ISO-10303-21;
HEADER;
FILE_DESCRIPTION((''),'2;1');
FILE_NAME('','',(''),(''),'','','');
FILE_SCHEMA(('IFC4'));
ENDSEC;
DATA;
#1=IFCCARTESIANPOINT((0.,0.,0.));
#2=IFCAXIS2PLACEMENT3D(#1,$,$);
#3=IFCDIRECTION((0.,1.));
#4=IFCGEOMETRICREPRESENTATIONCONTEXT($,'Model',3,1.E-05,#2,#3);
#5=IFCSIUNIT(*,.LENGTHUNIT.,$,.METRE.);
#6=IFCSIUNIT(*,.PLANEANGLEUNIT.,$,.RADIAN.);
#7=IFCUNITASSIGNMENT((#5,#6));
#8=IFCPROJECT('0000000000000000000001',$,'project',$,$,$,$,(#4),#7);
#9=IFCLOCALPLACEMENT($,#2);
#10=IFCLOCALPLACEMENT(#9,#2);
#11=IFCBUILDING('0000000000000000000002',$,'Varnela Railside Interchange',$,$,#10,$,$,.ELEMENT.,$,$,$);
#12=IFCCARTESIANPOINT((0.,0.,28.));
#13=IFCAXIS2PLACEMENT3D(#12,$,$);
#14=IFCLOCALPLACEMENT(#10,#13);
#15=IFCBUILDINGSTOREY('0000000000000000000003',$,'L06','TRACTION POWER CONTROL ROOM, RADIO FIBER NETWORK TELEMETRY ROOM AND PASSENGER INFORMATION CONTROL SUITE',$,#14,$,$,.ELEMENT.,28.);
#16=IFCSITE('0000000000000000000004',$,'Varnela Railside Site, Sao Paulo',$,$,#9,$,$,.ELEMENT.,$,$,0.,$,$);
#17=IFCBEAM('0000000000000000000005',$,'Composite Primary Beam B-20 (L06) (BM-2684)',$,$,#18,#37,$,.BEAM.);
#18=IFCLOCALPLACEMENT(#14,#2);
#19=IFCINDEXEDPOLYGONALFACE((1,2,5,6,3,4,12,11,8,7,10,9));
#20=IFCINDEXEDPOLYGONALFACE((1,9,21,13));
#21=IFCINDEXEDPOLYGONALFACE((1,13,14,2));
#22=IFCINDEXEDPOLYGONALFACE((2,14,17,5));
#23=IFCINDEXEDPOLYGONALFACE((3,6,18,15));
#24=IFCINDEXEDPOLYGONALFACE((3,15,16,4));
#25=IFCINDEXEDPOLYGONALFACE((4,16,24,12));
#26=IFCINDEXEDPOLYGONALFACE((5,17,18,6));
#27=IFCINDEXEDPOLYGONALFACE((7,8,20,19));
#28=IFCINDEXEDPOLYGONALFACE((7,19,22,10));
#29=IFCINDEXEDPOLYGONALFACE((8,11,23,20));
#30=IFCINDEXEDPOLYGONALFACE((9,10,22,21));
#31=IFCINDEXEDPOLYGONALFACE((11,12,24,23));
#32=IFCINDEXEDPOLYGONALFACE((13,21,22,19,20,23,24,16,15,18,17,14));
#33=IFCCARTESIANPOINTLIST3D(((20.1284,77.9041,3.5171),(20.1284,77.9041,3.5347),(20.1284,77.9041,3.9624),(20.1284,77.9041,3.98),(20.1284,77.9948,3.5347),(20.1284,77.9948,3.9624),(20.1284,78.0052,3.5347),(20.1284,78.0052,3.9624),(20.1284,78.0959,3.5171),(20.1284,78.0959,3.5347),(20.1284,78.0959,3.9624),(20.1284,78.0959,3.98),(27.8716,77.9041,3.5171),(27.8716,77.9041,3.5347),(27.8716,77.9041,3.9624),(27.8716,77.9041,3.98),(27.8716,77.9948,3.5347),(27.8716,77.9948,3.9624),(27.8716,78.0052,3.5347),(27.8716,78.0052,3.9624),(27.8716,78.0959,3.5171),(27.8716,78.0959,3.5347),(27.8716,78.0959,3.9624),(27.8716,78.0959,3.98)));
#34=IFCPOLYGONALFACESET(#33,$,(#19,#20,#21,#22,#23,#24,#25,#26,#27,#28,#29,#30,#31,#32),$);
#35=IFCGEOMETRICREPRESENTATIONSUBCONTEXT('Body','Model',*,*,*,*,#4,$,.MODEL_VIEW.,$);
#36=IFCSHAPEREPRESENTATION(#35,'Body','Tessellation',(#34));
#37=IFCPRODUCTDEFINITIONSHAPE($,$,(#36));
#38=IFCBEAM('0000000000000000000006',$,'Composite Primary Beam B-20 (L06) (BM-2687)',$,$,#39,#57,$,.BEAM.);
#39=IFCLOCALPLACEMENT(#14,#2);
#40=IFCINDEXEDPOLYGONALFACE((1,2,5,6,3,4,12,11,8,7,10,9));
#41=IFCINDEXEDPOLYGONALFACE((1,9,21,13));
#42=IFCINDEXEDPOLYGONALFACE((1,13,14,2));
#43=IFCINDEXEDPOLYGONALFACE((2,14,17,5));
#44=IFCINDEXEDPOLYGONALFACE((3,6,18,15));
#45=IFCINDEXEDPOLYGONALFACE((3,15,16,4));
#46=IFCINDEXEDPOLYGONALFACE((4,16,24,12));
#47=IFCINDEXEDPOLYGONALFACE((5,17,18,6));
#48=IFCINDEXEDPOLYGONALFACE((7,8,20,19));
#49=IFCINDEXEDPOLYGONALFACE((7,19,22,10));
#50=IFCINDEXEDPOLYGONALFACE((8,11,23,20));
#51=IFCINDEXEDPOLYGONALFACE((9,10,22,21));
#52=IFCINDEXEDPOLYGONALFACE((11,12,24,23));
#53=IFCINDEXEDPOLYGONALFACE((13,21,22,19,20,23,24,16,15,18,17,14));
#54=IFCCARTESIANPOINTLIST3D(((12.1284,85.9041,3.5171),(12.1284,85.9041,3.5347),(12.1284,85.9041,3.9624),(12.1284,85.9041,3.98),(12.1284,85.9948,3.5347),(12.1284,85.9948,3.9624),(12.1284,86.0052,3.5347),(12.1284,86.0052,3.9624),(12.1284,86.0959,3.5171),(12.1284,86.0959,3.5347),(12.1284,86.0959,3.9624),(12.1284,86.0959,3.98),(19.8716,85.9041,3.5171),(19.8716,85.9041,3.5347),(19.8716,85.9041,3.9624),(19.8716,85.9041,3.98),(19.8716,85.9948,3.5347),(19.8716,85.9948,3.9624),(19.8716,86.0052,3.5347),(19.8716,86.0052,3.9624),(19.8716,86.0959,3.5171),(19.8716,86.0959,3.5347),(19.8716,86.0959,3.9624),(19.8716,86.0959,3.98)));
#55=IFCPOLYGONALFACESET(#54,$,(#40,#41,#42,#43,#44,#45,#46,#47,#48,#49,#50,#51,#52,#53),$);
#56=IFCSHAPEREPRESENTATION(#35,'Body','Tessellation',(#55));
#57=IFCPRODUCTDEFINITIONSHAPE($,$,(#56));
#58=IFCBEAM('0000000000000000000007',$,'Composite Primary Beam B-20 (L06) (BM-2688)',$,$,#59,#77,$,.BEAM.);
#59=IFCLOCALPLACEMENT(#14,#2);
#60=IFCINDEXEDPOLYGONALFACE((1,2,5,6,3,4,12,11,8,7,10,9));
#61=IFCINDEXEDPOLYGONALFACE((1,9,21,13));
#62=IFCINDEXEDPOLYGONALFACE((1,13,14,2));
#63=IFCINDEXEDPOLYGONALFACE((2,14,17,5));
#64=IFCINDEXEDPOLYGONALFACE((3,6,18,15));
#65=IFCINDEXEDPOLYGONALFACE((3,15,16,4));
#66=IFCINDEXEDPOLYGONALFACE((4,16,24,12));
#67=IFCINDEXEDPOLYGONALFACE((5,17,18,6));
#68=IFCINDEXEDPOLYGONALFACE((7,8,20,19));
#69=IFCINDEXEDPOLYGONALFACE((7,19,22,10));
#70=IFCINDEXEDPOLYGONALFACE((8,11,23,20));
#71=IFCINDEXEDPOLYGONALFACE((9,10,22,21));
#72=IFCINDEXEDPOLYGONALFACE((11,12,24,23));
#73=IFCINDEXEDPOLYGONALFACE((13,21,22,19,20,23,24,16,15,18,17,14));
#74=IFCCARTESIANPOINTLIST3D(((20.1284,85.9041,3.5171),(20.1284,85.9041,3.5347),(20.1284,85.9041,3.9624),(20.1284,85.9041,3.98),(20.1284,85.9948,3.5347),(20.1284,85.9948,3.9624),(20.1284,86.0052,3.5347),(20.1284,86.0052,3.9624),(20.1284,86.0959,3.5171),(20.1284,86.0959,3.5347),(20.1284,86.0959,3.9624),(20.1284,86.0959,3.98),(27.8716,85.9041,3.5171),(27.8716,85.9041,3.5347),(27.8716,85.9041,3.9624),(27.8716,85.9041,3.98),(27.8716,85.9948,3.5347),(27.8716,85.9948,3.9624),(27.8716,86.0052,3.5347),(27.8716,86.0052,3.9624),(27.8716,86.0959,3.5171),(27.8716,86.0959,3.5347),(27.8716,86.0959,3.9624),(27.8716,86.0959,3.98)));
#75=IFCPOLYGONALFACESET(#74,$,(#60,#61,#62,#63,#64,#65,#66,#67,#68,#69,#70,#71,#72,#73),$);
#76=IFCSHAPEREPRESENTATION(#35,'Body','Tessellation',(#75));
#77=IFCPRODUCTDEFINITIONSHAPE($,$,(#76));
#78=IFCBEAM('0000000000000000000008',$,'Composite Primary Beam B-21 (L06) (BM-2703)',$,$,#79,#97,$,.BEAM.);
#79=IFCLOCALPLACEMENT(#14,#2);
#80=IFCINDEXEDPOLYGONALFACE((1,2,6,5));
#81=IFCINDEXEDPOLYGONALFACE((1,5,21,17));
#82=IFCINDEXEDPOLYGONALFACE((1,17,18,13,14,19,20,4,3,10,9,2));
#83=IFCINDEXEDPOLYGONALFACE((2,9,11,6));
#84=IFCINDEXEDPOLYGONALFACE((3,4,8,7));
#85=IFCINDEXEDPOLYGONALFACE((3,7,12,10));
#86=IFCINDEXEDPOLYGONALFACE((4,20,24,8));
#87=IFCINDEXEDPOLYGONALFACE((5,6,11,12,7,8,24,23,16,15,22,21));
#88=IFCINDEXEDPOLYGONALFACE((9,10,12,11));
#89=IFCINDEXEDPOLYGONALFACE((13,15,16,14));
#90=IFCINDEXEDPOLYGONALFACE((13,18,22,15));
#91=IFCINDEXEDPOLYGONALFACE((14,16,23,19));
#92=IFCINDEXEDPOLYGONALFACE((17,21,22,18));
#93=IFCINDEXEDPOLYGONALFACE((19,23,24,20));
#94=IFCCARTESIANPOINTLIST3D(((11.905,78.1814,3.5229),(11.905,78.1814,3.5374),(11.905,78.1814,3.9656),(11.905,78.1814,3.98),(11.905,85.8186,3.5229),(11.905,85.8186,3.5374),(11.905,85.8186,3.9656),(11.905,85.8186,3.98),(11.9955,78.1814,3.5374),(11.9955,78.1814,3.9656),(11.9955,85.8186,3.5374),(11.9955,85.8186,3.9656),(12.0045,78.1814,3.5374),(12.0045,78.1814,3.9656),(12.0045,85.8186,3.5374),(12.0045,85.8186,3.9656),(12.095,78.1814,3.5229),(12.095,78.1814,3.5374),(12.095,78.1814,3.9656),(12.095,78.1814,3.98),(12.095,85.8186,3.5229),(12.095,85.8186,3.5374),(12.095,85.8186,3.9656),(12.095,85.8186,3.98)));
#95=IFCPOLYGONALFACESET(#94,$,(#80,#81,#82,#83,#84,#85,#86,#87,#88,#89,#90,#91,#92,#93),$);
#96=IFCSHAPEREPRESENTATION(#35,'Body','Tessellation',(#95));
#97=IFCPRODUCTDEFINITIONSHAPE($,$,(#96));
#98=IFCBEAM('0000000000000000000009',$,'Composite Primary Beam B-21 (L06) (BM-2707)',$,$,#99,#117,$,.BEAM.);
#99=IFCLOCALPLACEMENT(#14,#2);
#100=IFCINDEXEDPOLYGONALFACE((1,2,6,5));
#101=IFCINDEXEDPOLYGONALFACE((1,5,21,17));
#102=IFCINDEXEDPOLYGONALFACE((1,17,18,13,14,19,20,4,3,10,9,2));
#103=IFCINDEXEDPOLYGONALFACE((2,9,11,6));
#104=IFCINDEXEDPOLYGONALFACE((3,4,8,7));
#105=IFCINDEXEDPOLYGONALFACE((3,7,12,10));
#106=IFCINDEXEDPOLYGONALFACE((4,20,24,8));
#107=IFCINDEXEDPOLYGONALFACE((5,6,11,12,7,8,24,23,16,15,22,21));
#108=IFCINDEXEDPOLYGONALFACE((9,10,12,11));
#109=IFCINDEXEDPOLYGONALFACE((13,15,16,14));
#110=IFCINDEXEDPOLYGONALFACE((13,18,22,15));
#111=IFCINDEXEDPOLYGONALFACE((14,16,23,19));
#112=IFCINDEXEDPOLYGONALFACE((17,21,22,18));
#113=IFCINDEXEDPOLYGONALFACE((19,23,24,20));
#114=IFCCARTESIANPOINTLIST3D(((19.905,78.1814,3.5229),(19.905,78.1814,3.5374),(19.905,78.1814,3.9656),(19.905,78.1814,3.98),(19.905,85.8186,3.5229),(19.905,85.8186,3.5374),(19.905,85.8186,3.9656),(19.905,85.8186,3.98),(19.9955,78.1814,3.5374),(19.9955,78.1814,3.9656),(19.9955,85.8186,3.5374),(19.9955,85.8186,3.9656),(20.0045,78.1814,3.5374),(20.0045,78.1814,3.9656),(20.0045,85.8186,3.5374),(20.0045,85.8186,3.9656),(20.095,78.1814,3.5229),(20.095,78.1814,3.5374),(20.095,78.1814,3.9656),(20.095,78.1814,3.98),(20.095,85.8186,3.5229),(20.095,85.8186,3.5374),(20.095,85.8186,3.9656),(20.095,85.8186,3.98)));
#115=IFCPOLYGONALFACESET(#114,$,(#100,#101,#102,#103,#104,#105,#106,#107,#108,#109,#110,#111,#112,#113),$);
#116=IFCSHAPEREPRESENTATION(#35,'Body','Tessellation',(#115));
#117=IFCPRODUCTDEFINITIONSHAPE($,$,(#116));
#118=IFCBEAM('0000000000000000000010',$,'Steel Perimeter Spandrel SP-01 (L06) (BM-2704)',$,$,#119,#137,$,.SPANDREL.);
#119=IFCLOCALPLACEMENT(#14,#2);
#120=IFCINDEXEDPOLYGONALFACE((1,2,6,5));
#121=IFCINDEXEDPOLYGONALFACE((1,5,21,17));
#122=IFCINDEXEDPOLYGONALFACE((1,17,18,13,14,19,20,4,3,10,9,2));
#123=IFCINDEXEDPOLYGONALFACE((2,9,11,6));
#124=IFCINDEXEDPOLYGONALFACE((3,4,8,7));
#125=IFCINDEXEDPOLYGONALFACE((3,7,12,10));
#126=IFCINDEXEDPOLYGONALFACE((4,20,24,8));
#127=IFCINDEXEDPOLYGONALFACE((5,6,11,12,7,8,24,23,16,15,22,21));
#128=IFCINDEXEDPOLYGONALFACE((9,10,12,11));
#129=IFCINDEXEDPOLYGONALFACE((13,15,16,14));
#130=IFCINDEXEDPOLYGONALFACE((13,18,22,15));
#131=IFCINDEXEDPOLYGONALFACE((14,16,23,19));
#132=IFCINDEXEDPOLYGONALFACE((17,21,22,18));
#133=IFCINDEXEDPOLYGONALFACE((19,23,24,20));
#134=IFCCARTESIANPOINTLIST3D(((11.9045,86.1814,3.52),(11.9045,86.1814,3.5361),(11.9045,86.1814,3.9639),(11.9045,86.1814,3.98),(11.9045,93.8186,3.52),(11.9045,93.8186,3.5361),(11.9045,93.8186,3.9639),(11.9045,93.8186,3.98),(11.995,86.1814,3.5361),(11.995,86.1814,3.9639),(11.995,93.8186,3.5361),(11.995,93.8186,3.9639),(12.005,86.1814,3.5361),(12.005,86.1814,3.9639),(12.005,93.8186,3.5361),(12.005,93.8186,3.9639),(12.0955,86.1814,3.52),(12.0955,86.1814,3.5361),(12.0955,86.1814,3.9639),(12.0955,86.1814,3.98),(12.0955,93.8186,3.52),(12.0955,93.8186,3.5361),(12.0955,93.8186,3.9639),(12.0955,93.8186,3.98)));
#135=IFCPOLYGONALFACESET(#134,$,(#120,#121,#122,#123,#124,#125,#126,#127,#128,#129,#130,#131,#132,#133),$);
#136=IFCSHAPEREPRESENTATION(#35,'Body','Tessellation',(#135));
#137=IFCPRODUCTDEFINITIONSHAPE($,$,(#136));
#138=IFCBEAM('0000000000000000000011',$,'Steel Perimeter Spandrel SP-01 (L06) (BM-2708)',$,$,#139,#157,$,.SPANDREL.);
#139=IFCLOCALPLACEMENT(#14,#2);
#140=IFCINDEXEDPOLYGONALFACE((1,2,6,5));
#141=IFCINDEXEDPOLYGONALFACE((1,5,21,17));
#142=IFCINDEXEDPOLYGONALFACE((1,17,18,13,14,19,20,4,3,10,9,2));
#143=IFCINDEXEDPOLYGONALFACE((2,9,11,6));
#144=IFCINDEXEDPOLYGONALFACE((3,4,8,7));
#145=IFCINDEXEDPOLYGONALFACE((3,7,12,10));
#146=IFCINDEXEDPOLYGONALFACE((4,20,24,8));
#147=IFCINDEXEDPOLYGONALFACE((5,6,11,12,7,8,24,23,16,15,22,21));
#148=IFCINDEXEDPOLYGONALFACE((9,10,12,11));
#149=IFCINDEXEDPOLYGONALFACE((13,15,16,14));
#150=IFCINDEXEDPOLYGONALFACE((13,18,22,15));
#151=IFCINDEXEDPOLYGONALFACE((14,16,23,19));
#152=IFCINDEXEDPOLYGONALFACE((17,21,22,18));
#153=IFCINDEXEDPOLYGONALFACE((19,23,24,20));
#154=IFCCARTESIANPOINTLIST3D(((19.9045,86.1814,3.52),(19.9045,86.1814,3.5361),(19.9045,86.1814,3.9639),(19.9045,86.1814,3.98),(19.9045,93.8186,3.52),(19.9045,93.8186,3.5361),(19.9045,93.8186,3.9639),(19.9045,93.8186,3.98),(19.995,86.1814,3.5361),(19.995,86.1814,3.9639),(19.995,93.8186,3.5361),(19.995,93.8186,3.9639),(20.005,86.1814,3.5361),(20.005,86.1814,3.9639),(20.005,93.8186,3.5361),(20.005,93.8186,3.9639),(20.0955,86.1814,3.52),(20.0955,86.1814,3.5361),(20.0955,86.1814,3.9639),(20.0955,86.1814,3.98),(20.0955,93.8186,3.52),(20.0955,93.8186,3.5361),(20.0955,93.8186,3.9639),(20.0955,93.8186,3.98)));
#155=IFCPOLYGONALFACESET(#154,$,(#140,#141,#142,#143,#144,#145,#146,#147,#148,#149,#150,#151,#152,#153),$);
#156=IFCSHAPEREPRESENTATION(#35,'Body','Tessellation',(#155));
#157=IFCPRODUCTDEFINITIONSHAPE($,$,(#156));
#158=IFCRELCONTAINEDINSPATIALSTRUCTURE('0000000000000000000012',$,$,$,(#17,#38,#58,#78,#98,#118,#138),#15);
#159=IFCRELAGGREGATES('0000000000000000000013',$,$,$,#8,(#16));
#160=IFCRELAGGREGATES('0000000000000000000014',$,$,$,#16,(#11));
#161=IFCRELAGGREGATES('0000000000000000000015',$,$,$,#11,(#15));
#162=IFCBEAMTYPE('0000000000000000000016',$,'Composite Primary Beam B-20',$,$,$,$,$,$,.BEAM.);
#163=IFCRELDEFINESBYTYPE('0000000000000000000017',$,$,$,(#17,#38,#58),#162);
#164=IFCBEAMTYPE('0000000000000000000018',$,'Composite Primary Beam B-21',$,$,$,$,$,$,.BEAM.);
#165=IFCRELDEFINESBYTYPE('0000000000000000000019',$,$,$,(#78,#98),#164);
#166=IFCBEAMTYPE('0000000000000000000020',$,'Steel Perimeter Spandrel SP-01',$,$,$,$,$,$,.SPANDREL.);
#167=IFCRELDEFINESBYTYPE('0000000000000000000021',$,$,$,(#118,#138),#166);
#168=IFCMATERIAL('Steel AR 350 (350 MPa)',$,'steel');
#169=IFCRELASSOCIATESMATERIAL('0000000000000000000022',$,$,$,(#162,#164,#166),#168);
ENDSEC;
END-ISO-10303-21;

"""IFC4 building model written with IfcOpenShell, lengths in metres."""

from ifc_helpers import new_model, si_unit, direction, frame, origin, origin_2d, place, context, subcontext, project, spatial, i_section, extrude, material, material_profile, profile_set, type_object, element, save


model = new_model("IFC4")

# Units and contexts
model_context = context("Model", 3, precision=1e-05, world=origin(), true_north=direction((0.0, 1.0)))
body_context = subcontext(model_context, "Body", "Model", "MODEL_VIEW")
ifc_project = project(units=[si_unit("LENGTHUNIT", "METRE"), si_unit("PLANEANGLEUNIT", "RADIAN")], contexts=[model_context])

# Site, building, storey
site_placement = place(None, origin())
site = spatial("IfcSite", under=ifc_project, at=site_placement, Name="Varnela Railside Site, Sao Paulo", CompositionType="ELEMENT", RefElevation=0.0)
building_placement = place(site_placement, origin())
building = spatial("IfcBuilding", under=site, at=building_placement, Name="Varnela Railside Interchange", CompositionType="ELEMENT")
storey_placement = place(building_placement, frame((0.0, 0.0, 28.0)))
storey = spatial("IfcBuildingStorey", under=building, at=storey_placement, Name="L06", Description="TRACTION POWER CONTROL ROOM, RADIO FIBER NETWORK TELEMETRY ROOM AND PASSENGER INFORMATION CONTROL SUITE", CompositionType="ELEMENT", Elevation=28.0)

# Shared definitions
ifc_material_1 = material(Name="Steel AR 350 (350 MPa)", Category="steel")

# Beams
ifc_material_profile_1 = material_profile(ifc_material_1, i_section(OverallWidth=0.1919, OverallDepth=0.4629, WebThickness=0.0105, FlangeThickness=0.0176, at=origin_2d()), Name="W460x89")
ifc_profile_set_1 = profile_set([ifc_material_profile_1], Name="Steel AR 350 (350 MPa)")
beam_type_1 = type_object("IfcBeamType", Name="Composite Primary Beam B-20", PredefinedType="BEAM", material=ifc_profile_set_1)
for number, where, z_axis, x_axis, name in (
    (1, (20.1284, 78.0, 3.7485), (1.0, 0.0, 0.0), (0.0, 1.0, 0.0), "Composite Primary Beam B-20 (L06) (BM-2684)"),
    (2, (12.1284, 86.0, 3.7485), (1.0, 0.0, 0.0), (0.0, 1.0, 0.0), "Composite Primary Beam B-20 (L06) (BM-2687)"),
    (3, (20.1284, 86.0, 3.7485), (1.0, 0.0, 0.0), (0.0, 1.0, 0.0), "Composite Primary Beam B-20 (L06) (BM-2688)"),
):
    element("IfcBeam", number, at=place(storey_placement, frame(where, z_axis=z_axis, x_axis=x_axis)), inside=storey, type_object=beam_type_1, Name=name, PredefinedType="BEAM", context=body_context, shape_type="SweptSolid", body=[
        extrude(i_section(OverallWidth=0.1919, OverallDepth=0.4629, WebThickness=0.0105, FlangeThickness=0.0176, at=origin_2d()), origin(), (0.0, 0.0, 1.0), 7.7432),
    ])
ifc_material_profile_2 = material_profile(ifc_material_1, i_section(OverallWidth=0.1899, OverallDepth=0.457, WebThickness=0.009, FlangeThickness=0.0144, at=origin_2d()), Name="W460x74")
ifc_profile_set_2 = profile_set([ifc_material_profile_2], Name="Steel AR 350 (350 MPa)")
beam_type_2 = type_object("IfcBeamType", Name="Composite Primary Beam B-21", PredefinedType="BEAM", material=ifc_profile_set_2)
for number, where, z_axis, x_axis, name in (
    (4, (12.0, 78.1814, 3.7515), (0.0, 1.0, 0.0), (-1.0, 0.0, 0.0), "Composite Primary Beam B-21 (L06) (BM-2703)"),
    (5, (20.0, 78.1814, 3.7515), (0.0, 1.0, 0.0), (-1.0, 0.0, 0.0), "Composite Primary Beam B-21 (L06) (BM-2707)"),
):
    element("IfcBeam", number, at=place(storey_placement, frame(where, z_axis=z_axis, x_axis=x_axis)), inside=storey, type_object=beam_type_2, Name=name, PredefinedType="BEAM", context=body_context, shape_type="SweptSolid", body=[
        extrude(i_section(OverallWidth=0.1899, OverallDepth=0.457, WebThickness=0.009, FlangeThickness=0.0144, at=origin_2d()), origin(), (0.0, 0.0, 1.0), 7.6372),
    ])
ifc_material_profile_3 = material_profile(ifc_material_1, i_section(OverallWidth=0.1909, OverallDepth=0.46, WebThickness=0.01, FlangeThickness=0.0161, at=origin_2d()), Name="W460x82")
ifc_profile_set_3 = profile_set([ifc_material_profile_3], Name="Steel AR 350 (350 MPa)")
beam_type_3 = type_object("IfcBeamType", Name="Steel Perimeter Spandrel SP-01", PredefinedType="SPANDREL", material=ifc_profile_set_3)
for number, where, z_axis, x_axis, name in (
    (6, (12.0, 86.1814, 3.75), (0.0, 1.0, 0.0), (-1.0, 0.0, 0.0), "Steel Perimeter Spandrel SP-01 (L06) (BM-2704)"),
    (7, (20.0, 86.1814, 3.75), (0.0, 1.0, 0.0), (-1.0, 0.0, 0.0), "Steel Perimeter Spandrel SP-01 (L06) (BM-2708)"),
):
    element("IfcBeam", number, at=place(storey_placement, frame(where, z_axis=z_axis, x_axis=x_axis)), inside=storey, type_object=beam_type_3, Name=name, PredefinedType="SPANDREL", context=body_context, shape_type="SweptSolid", body=[
        extrude(i_section(OverallWidth=0.1909, OverallDepth=0.46, WebThickness=0.01, FlangeThickness=0.0161, at=origin_2d()), origin(), (0.0, 0.0, 1.0), 7.6372),
    ])

save(model, "model.ifc")
